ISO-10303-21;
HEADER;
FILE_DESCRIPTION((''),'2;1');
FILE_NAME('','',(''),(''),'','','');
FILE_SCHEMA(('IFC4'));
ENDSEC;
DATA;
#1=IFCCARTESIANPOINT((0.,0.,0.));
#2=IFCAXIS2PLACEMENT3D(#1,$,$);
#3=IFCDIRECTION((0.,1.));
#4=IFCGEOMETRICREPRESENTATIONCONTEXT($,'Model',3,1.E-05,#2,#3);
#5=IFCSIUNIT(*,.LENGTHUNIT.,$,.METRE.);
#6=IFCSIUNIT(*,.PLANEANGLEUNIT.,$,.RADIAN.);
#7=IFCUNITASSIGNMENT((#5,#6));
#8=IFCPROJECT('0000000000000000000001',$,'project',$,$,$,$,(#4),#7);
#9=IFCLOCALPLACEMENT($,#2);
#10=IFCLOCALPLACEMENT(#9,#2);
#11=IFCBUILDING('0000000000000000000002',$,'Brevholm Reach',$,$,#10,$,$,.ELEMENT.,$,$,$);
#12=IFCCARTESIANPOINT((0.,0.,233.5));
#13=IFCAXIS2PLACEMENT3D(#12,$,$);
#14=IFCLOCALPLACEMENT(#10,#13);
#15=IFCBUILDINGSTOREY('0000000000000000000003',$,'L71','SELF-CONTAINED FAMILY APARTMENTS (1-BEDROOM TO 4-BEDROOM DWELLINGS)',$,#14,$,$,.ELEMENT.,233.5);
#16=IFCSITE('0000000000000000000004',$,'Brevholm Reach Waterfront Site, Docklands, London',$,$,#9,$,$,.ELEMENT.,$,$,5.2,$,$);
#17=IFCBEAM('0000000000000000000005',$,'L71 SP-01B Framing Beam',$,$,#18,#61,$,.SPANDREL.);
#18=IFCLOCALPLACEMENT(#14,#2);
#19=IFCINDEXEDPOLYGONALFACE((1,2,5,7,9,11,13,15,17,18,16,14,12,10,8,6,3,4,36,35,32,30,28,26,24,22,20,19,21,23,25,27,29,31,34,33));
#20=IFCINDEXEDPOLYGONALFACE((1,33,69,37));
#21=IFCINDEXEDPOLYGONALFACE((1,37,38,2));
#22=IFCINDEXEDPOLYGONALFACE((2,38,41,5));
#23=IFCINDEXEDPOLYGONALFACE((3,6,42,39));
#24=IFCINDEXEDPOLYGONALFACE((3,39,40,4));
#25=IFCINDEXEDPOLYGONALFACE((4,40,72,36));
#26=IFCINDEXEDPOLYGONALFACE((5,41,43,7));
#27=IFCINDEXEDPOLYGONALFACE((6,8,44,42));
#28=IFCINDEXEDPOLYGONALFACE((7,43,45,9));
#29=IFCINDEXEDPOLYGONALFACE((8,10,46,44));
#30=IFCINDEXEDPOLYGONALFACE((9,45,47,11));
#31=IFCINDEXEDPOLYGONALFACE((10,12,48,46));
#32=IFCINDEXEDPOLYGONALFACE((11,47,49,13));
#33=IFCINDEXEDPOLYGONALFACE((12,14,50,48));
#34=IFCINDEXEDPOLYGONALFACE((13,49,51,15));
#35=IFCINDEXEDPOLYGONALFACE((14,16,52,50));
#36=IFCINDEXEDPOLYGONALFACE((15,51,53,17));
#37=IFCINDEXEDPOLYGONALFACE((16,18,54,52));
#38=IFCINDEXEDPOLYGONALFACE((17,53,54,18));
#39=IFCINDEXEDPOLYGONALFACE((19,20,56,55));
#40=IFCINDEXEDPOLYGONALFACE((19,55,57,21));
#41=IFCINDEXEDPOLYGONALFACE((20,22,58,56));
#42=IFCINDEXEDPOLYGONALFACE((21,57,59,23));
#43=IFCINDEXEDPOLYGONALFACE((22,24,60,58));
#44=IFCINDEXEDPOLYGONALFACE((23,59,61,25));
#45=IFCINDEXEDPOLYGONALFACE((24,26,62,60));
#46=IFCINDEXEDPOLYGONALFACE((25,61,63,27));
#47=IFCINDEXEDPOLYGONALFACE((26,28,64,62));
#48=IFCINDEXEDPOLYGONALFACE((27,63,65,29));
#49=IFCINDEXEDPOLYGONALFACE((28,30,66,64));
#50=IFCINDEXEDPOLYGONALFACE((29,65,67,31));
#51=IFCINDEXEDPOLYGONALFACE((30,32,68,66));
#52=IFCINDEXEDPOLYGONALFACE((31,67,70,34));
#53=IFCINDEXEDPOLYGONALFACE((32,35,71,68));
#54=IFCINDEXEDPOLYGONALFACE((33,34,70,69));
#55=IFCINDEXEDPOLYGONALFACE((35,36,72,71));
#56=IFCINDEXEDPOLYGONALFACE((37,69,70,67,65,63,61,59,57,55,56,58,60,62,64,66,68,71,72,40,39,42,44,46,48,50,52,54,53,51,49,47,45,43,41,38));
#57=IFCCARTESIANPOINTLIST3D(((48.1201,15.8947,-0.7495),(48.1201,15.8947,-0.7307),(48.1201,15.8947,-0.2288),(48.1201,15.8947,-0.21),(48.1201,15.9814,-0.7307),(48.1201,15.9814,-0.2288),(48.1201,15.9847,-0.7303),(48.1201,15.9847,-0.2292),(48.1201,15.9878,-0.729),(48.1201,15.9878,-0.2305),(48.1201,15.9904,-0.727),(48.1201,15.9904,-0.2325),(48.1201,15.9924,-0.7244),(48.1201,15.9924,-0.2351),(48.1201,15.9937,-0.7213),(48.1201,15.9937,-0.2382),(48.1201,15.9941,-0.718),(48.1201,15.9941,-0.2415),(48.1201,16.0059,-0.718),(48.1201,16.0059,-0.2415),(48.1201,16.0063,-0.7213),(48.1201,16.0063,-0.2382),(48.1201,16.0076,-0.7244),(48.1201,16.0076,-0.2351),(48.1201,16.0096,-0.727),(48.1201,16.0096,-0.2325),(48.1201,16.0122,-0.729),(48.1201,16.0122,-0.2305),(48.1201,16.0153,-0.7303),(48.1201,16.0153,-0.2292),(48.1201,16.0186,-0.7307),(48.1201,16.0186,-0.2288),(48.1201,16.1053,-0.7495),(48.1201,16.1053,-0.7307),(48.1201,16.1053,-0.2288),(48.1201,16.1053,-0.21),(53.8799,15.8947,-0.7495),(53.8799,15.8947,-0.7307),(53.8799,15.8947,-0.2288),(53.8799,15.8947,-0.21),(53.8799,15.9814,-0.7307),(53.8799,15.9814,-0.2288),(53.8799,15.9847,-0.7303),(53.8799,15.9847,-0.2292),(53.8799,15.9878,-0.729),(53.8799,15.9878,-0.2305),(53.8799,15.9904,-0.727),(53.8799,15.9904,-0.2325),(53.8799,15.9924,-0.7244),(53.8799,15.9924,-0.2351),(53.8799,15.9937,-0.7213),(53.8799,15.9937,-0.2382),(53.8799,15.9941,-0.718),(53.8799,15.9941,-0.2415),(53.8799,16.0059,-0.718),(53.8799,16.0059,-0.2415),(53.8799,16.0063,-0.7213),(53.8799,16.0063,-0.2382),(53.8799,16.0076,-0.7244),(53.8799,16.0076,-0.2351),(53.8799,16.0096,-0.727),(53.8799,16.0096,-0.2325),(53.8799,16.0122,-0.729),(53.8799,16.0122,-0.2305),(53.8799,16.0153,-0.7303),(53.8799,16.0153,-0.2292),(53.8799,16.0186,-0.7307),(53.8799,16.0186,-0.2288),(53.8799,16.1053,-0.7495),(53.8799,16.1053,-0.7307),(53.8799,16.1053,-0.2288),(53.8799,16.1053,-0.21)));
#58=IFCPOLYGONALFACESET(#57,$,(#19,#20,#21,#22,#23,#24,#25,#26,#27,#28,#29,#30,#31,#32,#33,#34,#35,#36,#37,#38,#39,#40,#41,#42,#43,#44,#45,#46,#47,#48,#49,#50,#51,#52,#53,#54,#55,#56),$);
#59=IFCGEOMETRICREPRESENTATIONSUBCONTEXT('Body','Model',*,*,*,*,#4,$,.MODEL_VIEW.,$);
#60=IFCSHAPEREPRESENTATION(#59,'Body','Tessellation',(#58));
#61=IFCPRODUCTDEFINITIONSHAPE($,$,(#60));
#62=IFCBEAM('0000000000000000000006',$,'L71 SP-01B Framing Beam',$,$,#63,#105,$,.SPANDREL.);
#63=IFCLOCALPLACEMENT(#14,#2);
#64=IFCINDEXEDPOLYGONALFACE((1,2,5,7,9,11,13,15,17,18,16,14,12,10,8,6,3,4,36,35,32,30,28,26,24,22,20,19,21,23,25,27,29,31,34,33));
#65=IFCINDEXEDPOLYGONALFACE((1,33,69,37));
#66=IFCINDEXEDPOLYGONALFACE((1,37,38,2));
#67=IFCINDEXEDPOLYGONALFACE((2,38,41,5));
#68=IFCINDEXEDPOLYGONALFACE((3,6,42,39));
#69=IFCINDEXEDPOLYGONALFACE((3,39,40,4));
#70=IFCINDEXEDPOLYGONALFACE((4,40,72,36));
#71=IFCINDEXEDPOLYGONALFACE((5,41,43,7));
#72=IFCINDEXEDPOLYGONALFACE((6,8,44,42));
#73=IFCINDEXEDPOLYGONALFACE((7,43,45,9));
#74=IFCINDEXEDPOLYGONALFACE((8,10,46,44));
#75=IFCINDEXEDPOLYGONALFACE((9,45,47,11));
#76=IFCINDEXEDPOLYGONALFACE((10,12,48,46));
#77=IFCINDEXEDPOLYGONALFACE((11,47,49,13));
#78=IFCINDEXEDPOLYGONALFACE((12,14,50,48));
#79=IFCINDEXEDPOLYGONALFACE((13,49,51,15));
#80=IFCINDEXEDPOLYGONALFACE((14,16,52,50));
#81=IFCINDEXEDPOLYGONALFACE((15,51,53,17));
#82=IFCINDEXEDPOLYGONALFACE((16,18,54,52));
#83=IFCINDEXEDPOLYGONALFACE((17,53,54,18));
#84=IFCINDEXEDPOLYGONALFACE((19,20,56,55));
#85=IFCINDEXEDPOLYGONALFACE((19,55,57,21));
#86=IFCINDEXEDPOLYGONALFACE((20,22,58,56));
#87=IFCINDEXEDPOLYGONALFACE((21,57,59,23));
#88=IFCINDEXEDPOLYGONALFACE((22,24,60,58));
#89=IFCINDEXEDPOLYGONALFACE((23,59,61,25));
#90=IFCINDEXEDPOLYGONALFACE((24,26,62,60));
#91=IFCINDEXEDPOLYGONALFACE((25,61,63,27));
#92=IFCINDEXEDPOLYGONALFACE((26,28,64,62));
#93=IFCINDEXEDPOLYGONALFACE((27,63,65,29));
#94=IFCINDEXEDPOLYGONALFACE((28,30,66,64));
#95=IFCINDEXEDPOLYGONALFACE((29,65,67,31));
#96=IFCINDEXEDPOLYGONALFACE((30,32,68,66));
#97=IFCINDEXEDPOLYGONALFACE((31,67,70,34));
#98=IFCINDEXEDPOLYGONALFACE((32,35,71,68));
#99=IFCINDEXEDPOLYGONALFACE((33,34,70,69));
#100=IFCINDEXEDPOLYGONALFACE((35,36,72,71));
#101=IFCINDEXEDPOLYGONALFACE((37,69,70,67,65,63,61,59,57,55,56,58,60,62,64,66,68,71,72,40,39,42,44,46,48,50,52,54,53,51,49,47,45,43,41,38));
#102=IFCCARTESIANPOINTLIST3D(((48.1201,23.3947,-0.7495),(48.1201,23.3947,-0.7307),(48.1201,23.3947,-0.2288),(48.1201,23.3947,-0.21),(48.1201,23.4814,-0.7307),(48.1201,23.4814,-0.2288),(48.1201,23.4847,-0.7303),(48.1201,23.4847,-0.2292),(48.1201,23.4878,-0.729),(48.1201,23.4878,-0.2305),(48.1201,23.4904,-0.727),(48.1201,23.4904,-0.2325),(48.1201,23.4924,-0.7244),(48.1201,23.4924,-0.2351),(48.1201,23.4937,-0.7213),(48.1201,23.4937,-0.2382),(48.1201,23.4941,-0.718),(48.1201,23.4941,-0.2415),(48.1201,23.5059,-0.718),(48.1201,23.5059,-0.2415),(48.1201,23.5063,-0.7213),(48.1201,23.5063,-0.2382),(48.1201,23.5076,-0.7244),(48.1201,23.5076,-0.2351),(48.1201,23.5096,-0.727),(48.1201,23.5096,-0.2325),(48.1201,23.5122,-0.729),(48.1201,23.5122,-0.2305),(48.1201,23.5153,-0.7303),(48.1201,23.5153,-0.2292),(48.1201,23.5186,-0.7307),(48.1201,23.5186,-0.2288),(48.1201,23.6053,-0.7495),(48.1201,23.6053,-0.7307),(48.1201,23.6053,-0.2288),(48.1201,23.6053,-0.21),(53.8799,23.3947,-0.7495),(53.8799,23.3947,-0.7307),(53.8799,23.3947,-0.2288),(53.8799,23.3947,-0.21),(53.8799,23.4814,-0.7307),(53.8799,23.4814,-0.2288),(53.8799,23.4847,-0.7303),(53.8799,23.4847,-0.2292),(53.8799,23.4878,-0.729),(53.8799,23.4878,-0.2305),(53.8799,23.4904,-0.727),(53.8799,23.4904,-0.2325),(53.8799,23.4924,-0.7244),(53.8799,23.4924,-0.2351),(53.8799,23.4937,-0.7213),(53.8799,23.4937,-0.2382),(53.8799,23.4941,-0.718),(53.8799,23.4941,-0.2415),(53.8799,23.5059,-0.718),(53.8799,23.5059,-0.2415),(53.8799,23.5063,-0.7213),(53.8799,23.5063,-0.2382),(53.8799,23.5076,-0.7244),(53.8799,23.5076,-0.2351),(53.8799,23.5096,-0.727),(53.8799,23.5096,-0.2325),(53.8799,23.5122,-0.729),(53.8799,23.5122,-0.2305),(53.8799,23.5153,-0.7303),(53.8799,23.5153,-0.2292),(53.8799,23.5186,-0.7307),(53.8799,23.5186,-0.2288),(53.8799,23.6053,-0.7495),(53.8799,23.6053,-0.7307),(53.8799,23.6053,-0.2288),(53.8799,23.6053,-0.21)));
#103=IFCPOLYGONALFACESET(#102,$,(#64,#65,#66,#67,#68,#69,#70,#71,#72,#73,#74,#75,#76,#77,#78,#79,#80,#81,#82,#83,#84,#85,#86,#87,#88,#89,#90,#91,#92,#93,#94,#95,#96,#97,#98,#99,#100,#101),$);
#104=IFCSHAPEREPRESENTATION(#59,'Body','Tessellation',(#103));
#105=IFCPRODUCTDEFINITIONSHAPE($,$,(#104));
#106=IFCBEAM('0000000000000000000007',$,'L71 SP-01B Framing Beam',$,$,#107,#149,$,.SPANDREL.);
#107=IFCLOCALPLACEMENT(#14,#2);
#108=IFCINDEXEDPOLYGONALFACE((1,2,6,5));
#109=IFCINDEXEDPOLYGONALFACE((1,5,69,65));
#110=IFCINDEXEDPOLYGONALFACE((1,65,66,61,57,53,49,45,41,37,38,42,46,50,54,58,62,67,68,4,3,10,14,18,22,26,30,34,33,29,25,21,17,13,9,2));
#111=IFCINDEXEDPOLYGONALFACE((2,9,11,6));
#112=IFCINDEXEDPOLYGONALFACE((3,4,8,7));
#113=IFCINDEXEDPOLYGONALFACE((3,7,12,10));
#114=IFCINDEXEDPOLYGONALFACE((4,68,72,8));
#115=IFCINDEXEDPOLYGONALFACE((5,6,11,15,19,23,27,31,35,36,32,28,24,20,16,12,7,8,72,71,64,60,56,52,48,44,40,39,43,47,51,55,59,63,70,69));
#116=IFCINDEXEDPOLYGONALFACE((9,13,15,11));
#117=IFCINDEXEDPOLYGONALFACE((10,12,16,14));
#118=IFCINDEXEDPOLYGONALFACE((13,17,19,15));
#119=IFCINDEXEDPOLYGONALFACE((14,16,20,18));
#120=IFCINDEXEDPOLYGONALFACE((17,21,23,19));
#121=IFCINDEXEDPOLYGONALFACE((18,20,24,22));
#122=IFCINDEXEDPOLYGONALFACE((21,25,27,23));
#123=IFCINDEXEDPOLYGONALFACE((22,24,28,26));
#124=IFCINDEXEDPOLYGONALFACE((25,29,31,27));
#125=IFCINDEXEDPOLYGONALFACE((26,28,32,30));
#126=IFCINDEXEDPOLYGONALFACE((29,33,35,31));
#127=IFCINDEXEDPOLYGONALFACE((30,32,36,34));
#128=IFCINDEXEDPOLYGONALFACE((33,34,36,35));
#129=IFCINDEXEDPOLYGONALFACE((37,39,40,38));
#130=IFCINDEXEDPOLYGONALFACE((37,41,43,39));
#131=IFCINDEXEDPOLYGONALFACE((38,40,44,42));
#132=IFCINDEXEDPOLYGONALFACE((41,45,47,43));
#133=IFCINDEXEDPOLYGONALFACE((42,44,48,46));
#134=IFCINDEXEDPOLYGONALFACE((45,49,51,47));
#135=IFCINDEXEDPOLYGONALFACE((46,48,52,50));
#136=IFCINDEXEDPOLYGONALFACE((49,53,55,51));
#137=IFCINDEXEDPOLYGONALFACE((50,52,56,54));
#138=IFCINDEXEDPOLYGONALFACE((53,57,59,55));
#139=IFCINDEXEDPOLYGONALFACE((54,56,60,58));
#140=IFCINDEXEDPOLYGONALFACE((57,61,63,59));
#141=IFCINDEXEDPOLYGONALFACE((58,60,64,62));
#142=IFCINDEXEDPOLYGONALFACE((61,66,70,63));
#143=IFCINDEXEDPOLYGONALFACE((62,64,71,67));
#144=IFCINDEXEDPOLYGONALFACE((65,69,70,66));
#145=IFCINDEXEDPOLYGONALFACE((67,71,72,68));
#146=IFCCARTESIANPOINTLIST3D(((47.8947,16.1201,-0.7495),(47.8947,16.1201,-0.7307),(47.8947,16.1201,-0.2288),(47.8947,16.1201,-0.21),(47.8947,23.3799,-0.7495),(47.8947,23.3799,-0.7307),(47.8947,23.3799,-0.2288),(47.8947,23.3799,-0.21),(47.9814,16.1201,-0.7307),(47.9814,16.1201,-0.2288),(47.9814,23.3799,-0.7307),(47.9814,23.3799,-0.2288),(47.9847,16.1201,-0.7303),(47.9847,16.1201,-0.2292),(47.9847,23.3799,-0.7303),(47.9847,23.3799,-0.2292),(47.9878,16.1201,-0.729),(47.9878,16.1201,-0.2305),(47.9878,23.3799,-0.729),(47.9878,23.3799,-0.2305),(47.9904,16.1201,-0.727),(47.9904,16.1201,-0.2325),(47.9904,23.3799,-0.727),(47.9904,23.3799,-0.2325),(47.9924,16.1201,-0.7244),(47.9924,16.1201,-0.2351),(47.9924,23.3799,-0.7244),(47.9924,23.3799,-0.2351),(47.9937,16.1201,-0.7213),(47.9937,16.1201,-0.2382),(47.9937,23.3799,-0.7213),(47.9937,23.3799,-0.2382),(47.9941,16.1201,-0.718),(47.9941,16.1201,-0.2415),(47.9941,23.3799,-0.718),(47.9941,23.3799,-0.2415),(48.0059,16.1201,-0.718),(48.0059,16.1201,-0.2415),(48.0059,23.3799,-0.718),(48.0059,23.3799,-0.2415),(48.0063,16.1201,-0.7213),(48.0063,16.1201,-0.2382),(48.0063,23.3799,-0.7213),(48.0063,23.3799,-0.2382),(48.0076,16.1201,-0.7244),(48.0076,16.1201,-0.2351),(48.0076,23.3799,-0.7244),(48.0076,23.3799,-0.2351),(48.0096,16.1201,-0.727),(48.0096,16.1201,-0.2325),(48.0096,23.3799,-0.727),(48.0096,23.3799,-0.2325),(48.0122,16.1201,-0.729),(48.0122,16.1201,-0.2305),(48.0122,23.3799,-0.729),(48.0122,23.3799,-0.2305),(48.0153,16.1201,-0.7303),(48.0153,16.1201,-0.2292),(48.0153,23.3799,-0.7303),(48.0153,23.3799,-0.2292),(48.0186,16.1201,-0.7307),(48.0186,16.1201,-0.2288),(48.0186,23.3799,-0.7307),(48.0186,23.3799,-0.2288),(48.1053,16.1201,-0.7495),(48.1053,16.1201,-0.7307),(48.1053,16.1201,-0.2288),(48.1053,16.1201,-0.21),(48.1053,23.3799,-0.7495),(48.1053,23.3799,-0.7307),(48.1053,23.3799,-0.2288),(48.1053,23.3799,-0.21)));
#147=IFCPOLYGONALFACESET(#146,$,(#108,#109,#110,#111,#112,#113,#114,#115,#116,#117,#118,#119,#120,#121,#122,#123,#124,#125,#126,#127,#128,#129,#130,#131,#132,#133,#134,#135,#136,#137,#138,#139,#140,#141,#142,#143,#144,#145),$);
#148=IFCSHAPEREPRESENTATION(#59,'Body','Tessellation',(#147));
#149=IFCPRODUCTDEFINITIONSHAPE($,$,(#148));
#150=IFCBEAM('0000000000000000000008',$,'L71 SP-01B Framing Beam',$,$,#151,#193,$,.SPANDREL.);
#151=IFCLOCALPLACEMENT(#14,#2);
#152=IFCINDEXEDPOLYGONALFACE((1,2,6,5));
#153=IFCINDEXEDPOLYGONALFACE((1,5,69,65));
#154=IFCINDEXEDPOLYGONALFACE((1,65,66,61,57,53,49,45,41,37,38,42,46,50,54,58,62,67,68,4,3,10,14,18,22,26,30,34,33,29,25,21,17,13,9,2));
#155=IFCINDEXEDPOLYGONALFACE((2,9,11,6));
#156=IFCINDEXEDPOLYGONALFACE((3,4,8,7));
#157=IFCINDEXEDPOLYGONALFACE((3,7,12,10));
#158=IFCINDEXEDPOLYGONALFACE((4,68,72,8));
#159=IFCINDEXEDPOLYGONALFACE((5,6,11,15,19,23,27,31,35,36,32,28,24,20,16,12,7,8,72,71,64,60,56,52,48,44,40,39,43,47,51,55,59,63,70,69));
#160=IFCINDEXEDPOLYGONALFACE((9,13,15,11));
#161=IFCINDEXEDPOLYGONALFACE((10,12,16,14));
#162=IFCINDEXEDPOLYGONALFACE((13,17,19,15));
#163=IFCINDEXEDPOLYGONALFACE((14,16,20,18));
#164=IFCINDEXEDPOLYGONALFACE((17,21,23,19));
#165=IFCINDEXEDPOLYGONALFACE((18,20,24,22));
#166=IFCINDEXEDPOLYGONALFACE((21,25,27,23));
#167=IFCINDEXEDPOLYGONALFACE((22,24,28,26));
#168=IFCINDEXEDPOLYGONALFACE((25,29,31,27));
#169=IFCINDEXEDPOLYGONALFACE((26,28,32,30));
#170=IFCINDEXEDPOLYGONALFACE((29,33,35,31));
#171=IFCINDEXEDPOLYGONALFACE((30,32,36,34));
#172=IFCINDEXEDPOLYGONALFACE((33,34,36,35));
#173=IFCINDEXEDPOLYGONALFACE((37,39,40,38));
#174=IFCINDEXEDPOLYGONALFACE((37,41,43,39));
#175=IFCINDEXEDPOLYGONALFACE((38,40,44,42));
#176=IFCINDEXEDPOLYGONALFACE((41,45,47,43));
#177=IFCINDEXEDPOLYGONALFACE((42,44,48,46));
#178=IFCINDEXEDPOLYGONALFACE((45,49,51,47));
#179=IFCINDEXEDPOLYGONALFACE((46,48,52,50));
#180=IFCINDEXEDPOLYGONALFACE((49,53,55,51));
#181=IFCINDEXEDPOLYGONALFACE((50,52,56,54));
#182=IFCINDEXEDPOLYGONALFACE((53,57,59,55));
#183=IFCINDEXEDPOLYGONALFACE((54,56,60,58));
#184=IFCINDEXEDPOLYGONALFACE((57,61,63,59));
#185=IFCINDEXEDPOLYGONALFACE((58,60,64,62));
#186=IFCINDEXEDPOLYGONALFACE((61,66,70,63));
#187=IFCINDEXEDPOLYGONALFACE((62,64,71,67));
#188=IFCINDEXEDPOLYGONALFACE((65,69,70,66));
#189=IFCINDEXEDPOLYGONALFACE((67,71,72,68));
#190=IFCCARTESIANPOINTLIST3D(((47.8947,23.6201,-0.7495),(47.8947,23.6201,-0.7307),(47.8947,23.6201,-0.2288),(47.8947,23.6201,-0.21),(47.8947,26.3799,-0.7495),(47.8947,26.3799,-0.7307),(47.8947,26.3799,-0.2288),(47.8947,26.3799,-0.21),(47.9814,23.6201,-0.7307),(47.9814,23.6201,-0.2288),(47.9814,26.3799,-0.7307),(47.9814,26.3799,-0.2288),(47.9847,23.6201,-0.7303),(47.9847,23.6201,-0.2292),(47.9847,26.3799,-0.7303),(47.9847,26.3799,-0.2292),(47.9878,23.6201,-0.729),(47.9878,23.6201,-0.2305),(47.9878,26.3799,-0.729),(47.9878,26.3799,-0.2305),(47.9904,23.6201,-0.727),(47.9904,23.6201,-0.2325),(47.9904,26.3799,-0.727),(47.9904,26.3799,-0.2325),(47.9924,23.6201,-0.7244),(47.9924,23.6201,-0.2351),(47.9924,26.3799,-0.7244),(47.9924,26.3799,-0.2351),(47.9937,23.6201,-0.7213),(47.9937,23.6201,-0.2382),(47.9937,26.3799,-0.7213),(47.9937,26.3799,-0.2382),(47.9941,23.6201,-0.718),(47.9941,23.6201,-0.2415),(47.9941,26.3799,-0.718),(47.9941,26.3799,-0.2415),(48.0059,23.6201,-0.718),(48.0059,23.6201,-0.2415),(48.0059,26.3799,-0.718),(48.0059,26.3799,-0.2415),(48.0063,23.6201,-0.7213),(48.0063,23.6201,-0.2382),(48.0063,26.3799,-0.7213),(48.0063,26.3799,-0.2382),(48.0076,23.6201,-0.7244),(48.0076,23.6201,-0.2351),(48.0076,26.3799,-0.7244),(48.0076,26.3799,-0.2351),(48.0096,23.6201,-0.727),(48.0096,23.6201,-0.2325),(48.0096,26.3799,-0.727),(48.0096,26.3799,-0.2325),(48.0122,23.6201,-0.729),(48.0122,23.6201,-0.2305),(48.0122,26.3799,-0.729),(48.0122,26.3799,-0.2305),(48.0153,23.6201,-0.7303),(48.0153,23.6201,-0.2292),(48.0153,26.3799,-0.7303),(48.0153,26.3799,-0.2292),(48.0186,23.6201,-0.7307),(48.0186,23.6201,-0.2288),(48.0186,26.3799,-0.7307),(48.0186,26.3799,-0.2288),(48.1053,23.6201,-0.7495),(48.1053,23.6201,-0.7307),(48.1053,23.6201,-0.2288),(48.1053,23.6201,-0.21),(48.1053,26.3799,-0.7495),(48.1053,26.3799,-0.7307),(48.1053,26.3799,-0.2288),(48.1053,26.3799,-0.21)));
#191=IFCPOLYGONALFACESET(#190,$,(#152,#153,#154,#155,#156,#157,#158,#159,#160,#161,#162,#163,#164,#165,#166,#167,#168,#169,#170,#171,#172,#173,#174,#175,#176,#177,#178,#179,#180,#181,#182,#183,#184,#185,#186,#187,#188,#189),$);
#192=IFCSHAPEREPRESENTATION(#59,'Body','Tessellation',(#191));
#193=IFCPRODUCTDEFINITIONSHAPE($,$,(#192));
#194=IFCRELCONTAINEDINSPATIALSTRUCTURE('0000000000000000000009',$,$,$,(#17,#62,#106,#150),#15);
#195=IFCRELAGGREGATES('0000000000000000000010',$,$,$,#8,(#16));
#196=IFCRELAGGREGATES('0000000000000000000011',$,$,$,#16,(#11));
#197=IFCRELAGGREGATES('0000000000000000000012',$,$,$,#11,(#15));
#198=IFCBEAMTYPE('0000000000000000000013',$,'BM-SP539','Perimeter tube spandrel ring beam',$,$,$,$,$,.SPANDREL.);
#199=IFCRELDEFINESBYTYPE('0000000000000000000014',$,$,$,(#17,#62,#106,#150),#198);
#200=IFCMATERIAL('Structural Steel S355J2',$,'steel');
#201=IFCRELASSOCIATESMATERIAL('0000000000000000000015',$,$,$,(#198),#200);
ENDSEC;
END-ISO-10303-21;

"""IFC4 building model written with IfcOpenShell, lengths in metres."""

from ifc_helpers import new_model, si_unit, direction, frame, origin, origin_2d, place, context, subcontext, project, spatial, i_section, extrude, material, material_profile, profile_set, type_object, element, save


model = new_model("IFC4")

# Units and contexts
model_context = context("Model", 3, precision=1e-05, world=origin(), true_north=direction((0.0, 1.0)))
body_context = subcontext(model_context, "Body", "Model", "MODEL_VIEW")
ifc_project = project(units=[si_unit("LENGTHUNIT", "METRE"), si_unit("PLANEANGLEUNIT", "RADIAN")], contexts=[model_context])

# Site, building, storey
site_placement = place(None, origin())
site = spatial("IfcSite", under=ifc_project, at=site_placement, Name="Brevholm Reach Waterfront Site, Docklands, London", CompositionType="ELEMENT", RefElevation=5.2)
building_placement = place(site_placement, origin())
building = spatial("IfcBuilding", under=site, at=building_placement, Name="Brevholm Reach", CompositionType="ELEMENT")
storey_placement = place(building_placement, frame((0.0, 0.0, 233.5)))
storey = spatial("IfcBuildingStorey", under=building, at=storey_placement, Name="L71", Description="SELF-CONTAINED FAMILY APARTMENTS (1-BEDROOM TO 4-BEDROOM DWELLINGS)", CompositionType="ELEMENT", Elevation=233.5)

# Beams
ifc_material_1 = material(Name="Structural Steel S355J2", Category="steel")
ifc_material_profile_1 = material_profile(ifc_material_1, i_section(OverallWidth=0.2107, OverallDepth=0.5396, WebThickness=0.0117, FlangeThickness=0.0188, FilletRadius=0.0127, at=origin_2d()), Name="UKB 533x210x109")
ifc_profile_set_1 = profile_set([ifc_material_profile_1], Name="Structural Steel S355J2")
beam_type_1 = type_object("IfcBeamType", Name="BM-SP539", Description="Perimeter tube spandrel ring beam", PredefinedType="SPANDREL", material=ifc_profile_set_1)
for number, where, z_axis, x_axis, name in (
    (1, (48.1201, 16.0, -0.4797), (1.0, 0.0, 0.0), (0.0, 1.0, 0.0), "L71 SP-01B Framing Beam"),
    (2, (48.1201, 23.5, -0.4797), (1.0, 0.0, 0.0), (0.0, 1.0, 0.0), "L71 SP-01B Framing Beam"),
):
    element("IfcBeam", number, at=place(storey_placement, frame(where, z_axis=z_axis, x_axis=x_axis)), inside=storey, type_object=beam_type_1, Name=name, PredefinedType="SPANDREL", context=body_context, shape_type="SweptSolid", body=[
        extrude(i_section(OverallWidth=0.2107, OverallDepth=0.5396, WebThickness=0.0117, FlangeThickness=0.0188, FilletRadius=0.0127, at=origin_2d()), origin(), (0.0, 0.0, 1.0), 5.7598),
    ])
beam_1_placement = place(storey_placement, frame((48.0, 16.1201, -0.4797), z_axis=(0.0, 1.0, 0.0), x_axis=(-1.0, 0.0, 0.0)))
element("IfcBeam", 3, at=beam_1_placement, inside=storey, type_object=beam_type_1, Name="L71 SP-01B Framing Beam", PredefinedType="SPANDREL", context=body_context, shape_type="SweptSolid", body=[
    extrude(i_section(OverallWidth=0.2107, OverallDepth=0.5396, WebThickness=0.0117, FlangeThickness=0.0188, FilletRadius=0.0127, at=origin_2d()), origin(), (0.0, 0.0, 1.0), 7.2598),
])
beam_2_placement = place(storey_placement, frame((48.0, 23.6201, -0.4797), z_axis=(0.0, 1.0, 0.0), x_axis=(-1.0, 0.0, 0.0)))
element("IfcBeam", 4, at=beam_2_placement, inside=storey, type_object=beam_type_1, Name="L71 SP-01B Framing Beam", PredefinedType="SPANDREL", context=body_context, shape_type="SweptSolid", body=[
    extrude(i_section(OverallWidth=0.2107, OverallDepth=0.5396, WebThickness=0.0117, FlangeThickness=0.0188, FilletRadius=0.0127, at=origin_2d()), origin(), (0.0, 0.0, 1.0), 2.7598),
])

save(model, "model.ifc")
